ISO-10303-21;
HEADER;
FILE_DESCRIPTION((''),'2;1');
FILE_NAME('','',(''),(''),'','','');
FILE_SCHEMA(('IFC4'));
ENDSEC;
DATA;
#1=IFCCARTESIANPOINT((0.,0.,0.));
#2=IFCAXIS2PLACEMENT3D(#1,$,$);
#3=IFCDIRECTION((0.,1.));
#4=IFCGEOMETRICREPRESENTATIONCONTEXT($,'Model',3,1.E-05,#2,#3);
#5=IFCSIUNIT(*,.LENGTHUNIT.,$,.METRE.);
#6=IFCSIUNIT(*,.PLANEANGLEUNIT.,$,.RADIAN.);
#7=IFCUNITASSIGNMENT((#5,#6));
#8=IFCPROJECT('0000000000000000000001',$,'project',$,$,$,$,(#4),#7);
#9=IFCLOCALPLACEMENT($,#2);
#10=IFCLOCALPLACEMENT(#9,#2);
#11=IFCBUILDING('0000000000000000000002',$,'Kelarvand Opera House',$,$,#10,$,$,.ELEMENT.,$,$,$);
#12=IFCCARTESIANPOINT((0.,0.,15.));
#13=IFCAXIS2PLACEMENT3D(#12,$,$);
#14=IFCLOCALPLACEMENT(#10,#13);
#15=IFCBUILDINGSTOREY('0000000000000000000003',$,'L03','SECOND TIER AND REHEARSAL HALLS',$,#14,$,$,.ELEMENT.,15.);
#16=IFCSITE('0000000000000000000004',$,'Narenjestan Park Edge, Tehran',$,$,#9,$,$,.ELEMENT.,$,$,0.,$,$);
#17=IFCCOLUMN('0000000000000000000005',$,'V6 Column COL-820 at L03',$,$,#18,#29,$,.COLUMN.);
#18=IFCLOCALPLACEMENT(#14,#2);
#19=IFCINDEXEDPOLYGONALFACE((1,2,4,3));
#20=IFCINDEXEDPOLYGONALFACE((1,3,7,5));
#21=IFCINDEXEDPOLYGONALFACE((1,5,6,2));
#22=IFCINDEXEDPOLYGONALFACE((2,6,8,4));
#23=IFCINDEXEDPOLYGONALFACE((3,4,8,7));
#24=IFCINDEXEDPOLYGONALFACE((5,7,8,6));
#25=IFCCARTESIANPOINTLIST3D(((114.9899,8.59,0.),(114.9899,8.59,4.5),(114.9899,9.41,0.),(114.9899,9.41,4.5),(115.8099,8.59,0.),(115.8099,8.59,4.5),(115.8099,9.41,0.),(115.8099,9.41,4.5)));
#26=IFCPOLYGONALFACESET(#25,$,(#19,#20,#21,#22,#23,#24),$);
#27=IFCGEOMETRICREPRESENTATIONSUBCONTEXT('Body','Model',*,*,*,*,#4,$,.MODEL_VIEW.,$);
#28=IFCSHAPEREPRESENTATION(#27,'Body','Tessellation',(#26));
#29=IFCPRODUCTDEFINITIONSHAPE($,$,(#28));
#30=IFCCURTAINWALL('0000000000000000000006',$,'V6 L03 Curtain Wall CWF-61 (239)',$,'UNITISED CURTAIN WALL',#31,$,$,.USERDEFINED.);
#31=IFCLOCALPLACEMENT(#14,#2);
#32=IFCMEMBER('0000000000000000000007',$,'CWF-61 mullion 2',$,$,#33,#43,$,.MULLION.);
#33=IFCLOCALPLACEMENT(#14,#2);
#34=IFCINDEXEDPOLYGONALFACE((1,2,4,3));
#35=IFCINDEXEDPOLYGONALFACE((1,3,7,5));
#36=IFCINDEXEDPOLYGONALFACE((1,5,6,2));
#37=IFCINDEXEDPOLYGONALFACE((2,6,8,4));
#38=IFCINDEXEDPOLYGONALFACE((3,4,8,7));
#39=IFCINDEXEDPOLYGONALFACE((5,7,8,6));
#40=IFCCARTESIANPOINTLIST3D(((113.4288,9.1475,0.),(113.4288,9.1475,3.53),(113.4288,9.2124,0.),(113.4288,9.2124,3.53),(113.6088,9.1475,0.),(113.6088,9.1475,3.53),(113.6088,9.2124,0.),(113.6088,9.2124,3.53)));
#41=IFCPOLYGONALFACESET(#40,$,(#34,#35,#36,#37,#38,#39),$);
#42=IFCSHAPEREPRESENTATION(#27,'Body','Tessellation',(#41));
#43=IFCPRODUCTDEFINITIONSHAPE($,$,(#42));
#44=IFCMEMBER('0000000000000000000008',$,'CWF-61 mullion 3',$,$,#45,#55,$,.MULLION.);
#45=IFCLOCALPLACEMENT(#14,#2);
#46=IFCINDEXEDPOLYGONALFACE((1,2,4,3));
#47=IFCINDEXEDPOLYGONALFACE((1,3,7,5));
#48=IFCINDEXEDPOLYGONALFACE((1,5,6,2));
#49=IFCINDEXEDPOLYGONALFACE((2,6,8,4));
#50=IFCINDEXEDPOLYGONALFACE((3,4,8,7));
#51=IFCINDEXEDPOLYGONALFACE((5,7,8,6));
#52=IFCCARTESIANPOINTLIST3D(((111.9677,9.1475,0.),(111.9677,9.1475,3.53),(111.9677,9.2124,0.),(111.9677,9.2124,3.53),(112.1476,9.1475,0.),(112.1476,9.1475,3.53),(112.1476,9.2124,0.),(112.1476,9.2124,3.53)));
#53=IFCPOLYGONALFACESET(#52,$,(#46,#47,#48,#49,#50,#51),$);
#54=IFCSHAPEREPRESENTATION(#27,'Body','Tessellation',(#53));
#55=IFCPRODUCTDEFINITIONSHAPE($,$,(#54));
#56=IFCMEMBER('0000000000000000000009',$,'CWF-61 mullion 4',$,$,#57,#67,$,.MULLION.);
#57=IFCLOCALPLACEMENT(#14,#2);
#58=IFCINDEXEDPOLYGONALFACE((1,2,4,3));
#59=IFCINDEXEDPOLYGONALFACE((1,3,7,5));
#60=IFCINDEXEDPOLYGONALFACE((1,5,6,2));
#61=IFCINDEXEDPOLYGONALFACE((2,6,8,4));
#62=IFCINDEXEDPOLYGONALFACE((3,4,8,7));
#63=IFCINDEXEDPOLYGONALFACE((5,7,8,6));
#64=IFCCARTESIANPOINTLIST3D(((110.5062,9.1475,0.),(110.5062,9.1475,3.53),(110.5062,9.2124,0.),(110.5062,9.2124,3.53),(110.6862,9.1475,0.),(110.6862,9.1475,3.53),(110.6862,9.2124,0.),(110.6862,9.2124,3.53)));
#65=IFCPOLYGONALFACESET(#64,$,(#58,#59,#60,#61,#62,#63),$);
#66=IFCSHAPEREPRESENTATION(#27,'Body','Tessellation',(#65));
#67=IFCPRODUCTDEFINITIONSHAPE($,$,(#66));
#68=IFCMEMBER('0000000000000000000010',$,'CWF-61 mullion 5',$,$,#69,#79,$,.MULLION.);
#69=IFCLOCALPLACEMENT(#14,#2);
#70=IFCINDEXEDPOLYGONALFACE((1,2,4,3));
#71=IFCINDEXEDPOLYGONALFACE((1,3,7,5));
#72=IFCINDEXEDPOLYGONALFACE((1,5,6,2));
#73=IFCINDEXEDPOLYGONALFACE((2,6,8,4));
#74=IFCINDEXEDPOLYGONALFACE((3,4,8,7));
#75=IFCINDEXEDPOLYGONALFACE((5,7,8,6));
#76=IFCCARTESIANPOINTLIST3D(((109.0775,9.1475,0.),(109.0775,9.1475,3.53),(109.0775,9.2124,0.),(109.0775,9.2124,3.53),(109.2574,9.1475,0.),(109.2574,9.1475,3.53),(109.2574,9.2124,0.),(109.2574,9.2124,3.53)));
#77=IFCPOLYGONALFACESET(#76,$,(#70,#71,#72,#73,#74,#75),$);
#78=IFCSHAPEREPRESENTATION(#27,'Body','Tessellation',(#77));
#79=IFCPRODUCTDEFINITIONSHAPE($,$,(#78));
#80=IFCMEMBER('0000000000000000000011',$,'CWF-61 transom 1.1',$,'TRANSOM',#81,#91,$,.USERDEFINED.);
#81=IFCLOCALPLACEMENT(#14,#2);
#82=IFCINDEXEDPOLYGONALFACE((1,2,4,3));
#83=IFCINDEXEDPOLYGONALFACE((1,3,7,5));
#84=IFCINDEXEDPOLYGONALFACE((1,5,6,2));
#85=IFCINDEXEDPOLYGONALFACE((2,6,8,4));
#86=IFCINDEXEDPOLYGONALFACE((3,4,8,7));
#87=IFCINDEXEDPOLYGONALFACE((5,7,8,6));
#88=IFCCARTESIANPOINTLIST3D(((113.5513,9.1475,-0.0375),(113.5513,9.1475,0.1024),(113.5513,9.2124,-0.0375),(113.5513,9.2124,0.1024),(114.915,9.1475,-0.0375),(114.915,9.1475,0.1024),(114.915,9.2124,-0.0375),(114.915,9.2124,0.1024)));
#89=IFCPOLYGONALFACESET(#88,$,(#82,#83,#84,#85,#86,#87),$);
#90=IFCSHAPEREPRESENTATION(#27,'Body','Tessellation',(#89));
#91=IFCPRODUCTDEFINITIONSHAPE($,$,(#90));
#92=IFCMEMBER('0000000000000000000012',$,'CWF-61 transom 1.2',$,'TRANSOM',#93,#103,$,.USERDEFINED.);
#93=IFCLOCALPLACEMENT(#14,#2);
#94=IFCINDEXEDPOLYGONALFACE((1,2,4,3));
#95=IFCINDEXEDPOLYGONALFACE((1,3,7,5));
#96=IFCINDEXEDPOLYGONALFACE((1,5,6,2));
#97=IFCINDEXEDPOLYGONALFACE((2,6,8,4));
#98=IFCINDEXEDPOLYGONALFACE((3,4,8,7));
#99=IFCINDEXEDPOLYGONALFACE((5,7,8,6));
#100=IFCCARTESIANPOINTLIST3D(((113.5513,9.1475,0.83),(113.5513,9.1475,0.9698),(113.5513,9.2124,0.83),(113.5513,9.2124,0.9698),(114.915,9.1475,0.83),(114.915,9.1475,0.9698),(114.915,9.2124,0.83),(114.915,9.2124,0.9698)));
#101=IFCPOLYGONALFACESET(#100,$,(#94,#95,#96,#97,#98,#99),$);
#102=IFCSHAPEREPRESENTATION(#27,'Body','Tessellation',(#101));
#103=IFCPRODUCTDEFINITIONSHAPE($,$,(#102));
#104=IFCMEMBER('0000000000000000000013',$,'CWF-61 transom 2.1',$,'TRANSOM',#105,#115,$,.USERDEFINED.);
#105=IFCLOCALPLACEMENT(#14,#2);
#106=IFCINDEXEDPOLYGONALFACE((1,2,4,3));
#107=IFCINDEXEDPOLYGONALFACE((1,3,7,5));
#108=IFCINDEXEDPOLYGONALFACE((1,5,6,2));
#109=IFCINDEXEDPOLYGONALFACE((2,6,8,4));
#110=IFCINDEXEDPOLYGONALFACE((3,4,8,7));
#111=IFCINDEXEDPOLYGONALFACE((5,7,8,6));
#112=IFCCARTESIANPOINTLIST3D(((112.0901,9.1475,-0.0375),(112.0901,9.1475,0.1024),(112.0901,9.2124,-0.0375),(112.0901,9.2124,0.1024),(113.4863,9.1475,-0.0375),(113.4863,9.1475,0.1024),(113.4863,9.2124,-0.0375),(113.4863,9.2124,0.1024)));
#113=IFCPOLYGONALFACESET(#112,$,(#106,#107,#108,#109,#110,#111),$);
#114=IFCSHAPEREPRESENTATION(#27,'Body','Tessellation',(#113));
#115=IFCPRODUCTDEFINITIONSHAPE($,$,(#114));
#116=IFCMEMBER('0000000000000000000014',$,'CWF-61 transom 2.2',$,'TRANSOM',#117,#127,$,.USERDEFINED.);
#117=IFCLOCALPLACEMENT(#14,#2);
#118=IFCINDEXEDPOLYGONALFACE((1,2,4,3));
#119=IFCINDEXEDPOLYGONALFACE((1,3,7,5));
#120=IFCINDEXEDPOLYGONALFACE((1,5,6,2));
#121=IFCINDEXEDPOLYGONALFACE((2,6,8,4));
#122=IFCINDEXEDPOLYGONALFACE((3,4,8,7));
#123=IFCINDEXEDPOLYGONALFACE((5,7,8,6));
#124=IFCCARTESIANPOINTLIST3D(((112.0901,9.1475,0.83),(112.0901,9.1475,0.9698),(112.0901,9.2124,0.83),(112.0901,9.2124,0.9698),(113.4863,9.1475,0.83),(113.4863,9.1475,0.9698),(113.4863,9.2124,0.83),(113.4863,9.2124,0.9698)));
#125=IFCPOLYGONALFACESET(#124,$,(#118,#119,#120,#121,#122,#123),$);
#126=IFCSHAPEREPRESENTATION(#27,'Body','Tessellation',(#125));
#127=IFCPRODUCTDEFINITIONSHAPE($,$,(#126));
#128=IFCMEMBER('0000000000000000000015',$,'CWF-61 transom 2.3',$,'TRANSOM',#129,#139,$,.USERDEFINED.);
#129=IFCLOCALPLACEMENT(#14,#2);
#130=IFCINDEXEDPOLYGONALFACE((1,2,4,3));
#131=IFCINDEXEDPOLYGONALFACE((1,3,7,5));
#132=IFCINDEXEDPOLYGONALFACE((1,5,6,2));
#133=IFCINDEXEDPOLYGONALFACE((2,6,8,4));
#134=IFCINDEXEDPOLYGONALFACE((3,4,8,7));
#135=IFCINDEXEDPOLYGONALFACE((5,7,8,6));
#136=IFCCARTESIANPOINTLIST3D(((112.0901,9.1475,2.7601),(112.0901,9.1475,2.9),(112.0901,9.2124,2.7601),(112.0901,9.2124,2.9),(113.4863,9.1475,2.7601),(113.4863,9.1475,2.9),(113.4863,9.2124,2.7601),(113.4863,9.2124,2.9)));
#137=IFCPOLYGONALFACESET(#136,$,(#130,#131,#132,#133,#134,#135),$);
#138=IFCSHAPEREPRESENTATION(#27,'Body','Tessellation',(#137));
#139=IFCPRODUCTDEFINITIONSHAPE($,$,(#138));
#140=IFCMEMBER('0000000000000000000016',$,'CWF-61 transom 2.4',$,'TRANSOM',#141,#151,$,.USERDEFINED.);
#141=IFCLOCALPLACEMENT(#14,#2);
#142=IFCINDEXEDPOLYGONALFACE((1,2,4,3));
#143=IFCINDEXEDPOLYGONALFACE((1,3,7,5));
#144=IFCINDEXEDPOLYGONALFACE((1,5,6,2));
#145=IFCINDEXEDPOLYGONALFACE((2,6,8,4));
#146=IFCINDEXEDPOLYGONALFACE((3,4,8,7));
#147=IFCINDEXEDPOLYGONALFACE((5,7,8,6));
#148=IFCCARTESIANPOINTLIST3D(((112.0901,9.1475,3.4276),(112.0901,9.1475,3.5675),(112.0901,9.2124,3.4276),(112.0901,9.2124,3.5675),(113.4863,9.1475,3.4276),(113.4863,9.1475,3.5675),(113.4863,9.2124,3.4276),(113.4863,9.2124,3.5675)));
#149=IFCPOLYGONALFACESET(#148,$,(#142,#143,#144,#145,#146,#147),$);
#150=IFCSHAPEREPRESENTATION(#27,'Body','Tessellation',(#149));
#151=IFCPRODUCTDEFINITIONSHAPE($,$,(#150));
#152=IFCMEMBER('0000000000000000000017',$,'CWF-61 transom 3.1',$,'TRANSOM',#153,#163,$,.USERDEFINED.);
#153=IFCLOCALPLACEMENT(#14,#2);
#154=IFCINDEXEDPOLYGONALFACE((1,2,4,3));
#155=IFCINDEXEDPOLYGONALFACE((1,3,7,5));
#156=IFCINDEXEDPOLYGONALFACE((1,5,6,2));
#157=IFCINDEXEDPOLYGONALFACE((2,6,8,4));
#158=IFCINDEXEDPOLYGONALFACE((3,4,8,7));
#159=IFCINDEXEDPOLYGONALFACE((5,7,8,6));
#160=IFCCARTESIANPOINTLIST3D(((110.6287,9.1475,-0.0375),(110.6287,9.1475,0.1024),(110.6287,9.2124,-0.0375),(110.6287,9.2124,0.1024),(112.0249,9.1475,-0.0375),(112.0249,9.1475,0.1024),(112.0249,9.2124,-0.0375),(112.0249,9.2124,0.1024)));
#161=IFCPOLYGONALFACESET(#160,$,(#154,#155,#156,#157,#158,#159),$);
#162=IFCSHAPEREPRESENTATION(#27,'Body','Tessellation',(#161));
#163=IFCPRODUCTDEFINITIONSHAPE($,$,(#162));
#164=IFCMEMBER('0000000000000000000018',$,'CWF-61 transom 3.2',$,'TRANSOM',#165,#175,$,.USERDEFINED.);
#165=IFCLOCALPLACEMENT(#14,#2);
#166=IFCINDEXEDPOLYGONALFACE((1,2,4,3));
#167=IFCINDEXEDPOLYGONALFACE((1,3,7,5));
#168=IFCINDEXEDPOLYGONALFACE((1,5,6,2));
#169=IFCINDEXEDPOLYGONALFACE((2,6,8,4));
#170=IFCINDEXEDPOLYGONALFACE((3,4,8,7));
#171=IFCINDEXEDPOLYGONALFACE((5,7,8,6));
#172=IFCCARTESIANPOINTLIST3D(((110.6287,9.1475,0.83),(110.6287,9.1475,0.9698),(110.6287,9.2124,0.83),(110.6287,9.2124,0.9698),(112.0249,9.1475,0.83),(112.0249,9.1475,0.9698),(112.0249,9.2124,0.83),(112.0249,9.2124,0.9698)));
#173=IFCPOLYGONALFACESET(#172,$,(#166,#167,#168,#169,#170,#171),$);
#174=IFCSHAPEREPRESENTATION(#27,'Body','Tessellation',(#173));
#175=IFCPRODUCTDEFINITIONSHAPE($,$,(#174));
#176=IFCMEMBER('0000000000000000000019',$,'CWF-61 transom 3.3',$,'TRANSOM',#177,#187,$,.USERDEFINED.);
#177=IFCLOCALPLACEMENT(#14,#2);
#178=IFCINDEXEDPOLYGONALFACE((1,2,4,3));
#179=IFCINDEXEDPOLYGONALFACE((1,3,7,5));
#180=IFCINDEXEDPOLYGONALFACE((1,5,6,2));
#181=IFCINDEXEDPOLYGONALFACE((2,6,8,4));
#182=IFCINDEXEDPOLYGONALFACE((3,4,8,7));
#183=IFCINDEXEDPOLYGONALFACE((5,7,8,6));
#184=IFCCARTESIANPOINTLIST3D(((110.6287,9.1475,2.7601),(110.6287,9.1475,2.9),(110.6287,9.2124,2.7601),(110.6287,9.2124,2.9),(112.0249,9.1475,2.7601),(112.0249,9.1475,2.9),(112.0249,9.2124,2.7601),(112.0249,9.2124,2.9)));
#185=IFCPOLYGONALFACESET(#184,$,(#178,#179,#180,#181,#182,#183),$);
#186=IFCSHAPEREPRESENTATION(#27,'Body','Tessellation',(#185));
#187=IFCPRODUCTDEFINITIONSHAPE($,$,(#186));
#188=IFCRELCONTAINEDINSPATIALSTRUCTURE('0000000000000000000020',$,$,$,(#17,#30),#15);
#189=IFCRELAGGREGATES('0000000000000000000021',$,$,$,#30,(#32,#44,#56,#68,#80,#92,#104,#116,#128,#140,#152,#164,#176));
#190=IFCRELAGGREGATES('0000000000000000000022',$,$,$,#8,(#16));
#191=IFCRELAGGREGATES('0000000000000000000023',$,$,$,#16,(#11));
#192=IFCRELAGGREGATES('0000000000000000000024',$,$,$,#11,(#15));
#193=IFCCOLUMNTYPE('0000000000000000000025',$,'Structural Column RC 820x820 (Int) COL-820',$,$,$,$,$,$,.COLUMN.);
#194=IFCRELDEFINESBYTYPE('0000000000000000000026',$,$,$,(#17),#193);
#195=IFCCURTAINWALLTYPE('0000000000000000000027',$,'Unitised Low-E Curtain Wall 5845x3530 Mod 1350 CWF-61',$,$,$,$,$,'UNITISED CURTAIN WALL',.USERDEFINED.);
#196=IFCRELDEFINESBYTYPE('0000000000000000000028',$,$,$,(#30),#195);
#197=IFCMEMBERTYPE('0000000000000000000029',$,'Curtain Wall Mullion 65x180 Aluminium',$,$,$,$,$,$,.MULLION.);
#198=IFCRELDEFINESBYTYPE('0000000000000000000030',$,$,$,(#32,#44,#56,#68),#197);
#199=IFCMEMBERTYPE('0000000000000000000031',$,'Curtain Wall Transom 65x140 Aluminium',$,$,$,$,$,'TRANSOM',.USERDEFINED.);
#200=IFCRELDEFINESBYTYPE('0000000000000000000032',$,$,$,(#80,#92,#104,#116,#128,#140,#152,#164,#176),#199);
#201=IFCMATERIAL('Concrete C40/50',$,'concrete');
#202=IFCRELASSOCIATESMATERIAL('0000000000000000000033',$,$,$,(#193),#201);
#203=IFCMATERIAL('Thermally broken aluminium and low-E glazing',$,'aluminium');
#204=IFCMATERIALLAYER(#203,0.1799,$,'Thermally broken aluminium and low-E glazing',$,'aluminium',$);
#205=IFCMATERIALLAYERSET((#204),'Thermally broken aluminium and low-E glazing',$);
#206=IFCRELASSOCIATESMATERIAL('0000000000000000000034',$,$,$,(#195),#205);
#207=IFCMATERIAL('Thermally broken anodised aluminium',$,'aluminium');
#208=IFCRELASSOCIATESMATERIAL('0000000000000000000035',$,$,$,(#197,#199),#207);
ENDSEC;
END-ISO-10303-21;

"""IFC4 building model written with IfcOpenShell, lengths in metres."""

from ifc_helpers import new_model, si_unit, direction, frame, origin, origin_2d, place, context, subcontext, project, spatial, rectangle, extrude, material, layer, layer_set, material_profile, profile_set, type_object, element, aggregate, save


model = new_model("IFC4")

# Units and contexts
model_context = context("Model", 3, precision=1e-05, world=origin(), true_north=direction((0.0, 1.0)))
body_context = subcontext(model_context, "Body", "Model", "MODEL_VIEW")
ifc_project = project(units=[si_unit("LENGTHUNIT", "METRE"), si_unit("PLANEANGLEUNIT", "RADIAN")], contexts=[model_context])

# Site, building, storey
site_placement = place(None, origin())
site = spatial("IfcSite", under=ifc_project, at=site_placement, Name="Narenjestan Park Edge, Tehran", CompositionType="ELEMENT", RefElevation=0.0)
building_placement = place(site_placement, origin())
building = spatial("IfcBuilding", under=site, at=building_placement, Name="Kelarvand Opera House", CompositionType="ELEMENT")
storey_placement = place(building_placement, frame((0.0, 0.0, 15.0)))
storey = spatial("IfcBuildingStorey", under=building, at=storey_placement, Name="L03", Description="SECOND TIER AND REHEARSAL HALLS", CompositionType="ELEMENT", Elevation=15.0)

# Column
ifc_material_1 = material(Name="Concrete C40/50", Category="concrete")
ifc_material_profile_1 = material_profile(ifc_material_1, rectangle(XDim=0.8201, YDim=0.8201, at=origin_2d()), Name="RC 820x820", Category="concrete")
ifc_profile_set_1 = profile_set([ifc_material_profile_1], Name="Concrete C40/50")
column_type = type_object("IfcColumnType", Name="Structural Column RC 820x820 (Int) COL-820", PredefinedType="COLUMN", material=ifc_profile_set_1)
column_placement = place(storey_placement, frame((115.3999, 9.0, 0.0), z_axis=(0.0, 0.0, 1.0), x_axis=(1.0, 0.0, 0.0)))
element("IfcColumn", 1, at=column_placement, inside=storey, type_object=column_type, Name="V6 Column COL-820 at L03", PredefinedType="COLUMN", context=body_context, shape_type="SweptSolid", body=[
    extrude(rectangle(XDim=0.8201, YDim=0.8201, at=origin_2d()), origin(), (0.0, 0.0, 1.0), 4.5),
])

# Curtain wall, members
ifc_material_2 = material(Name="Thermally broken aluminium and low-E glazing", Category="aluminium")
ifc_layer_1 = layer(ifc_material_2, 0.1799, Name="Thermally broken aluminium and low-E glazing", Category="aluminium")
ifc_layer_set_1 = layer_set([ifc_layer_1], Name="Thermally broken aluminium and low-E glazing")
curtain_wall_type = type_object("IfcCurtainWallType", Name="Unitised Low-E Curtain Wall 5845x3530 Mod 1350 CWF-61", ElementType="UNITISED CURTAIN WALL", PredefinedType="USERDEFINED", material=ifc_layer_set_1)
curtain_wall_placement = place(storey_placement, origin())
curtain_wall = element("IfcCurtainWall", 2, at=curtain_wall_placement, inside=storey, type_object=curtain_wall_type, Name="V6 L03 Curtain Wall CWF-61 (239)", ObjectType="UNITISED CURTAIN WALL", PredefinedType="USERDEFINED")
ifc_material_3 = material(Name="Thermally broken anodised aluminium", Category="aluminium")
ifc_material_profile_2 = material_profile(ifc_material_3, rectangle(XDim=0.0649, YDim=0.1799, at=origin_2d()), Name="ALU MULLION 65x180", Category="aluminium")
ifc_profile_set_2 = profile_set([ifc_material_profile_2], Name="Thermally broken anodised aluminium")
member_type_1 = type_object("IfcMemberType", Name="Curtain Wall Mullion 65x180 Aluminium", PredefinedType="MULLION", material=ifc_profile_set_2)
member_1_placement = place(storey_placement, frame((113.5188, 9.1799, 0.0), z_axis=(0.0, 0.0, 1.0), x_axis=(0.0, -1.0, 0.0)))
member_1 = element("IfcMember", 3, at=member_1_placement, type_object=member_type_1, Name="CWF-61 mullion 2", PredefinedType="MULLION", context=body_context, shape_type="SweptSolid", body=[
    extrude(rectangle(XDim=0.0649, YDim=0.1799, at=origin_2d()), origin(), (0.0, 0.0, 1.0), 3.53),
])
member_2_placement = place(storey_placement, frame((112.0576, 9.1799, 0.0), z_axis=(0.0, 0.0, 1.0), x_axis=(0.0, -1.0, 0.0)))
member_2 = element("IfcMember", 4, at=member_2_placement, type_object=member_type_1, Name="CWF-61 mullion 3", PredefinedType="MULLION", context=body_context, shape_type="SweptSolid", body=[
    extrude(rectangle(XDim=0.0649, YDim=0.1799, at=origin_2d()), origin(), (0.0, 0.0, 1.0), 3.53),
])
member_3_placement = place(storey_placement, frame((110.5962, 9.1799, 0.0), z_axis=(0.0, 0.0, 1.0), x_axis=(0.0, -1.0, 0.0)))
member_3 = element("IfcMember", 5, at=member_3_placement, type_object=member_type_1, Name="CWF-61 mullion 4", PredefinedType="MULLION", context=body_context, shape_type="SweptSolid", body=[
    extrude(rectangle(XDim=0.0649, YDim=0.1799, at=origin_2d()), origin(), (0.0, 0.0, 1.0), 3.53),
])
member_4_placement = place(storey_placement, frame((109.1675, 9.1799, 0.0), z_axis=(0.0, 0.0, 1.0), x_axis=(0.0, -1.0, 0.0)))
member_4 = element("IfcMember", 6, at=member_4_placement, type_object=member_type_1, Name="CWF-61 mullion 5", PredefinedType="MULLION", context=body_context, shape_type="SweptSolid", body=[
    extrude(rectangle(XDim=0.0649, YDim=0.1799, at=origin_2d()), origin(), (0.0, 0.0, 1.0), 3.53),
])
ifc_material_profile_3 = material_profile(ifc_material_3, rectangle(XDim=0.0649, YDim=0.1399, at=origin_2d()), Name="ALU TRANSOM 65x140", Category="aluminium")
ifc_profile_set_3 = profile_set([ifc_material_profile_3], Name="Thermally broken anodised aluminium")
member_type_2 = type_object("IfcMemberType", Name="Curtain Wall Transom 65x140 Aluminium", ElementType="TRANSOM", PredefinedType="USERDEFINED", material=ifc_profile_set_3)
member_5_placement = place(storey_placement, frame((114.915, 9.1799, 0.0325), z_axis=(-1.0, 0.0, 0.0), x_axis=(0.0, -1.0, 0.0)))
member_5 = element("IfcMember", 7, at=member_5_placement, type_object=member_type_2, Name="CWF-61 transom 1.1", ObjectType="TRANSOM", PredefinedType="USERDEFINED", context=body_context, shape_type="SweptSolid", body=[
    extrude(rectangle(XDim=0.0649, YDim=0.1399, at=origin_2d()), origin(), (0.0, 0.0, 1.0), 1.3638),
])
member_6_placement = place(storey_placement, frame((114.915, 9.1799, 0.8999), z_axis=(-1.0, 0.0, 0.0), x_axis=(0.0, -1.0, 0.0)))
member_6 = element("IfcMember", 8, at=member_6_placement, type_object=member_type_2, Name="CWF-61 transom 1.2", ObjectType="TRANSOM", PredefinedType="USERDEFINED", context=body_context, shape_type="SweptSolid", body=[
    extrude(rectangle(XDim=0.0649, YDim=0.1399, at=origin_2d()), origin(), (0.0, 0.0, 1.0), 1.3638),
])
member_7_placement = place(storey_placement, frame((113.4863, 9.1799, 0.0325), z_axis=(-1.0, 0.0, 0.0), x_axis=(0.0, -1.0, 0.0)))
member_7 = element("IfcMember", 9, at=member_7_placement, type_object=member_type_2, Name="CWF-61 transom 2.1", ObjectType="TRANSOM", PredefinedType="USERDEFINED", context=body_context, shape_type="SweptSolid", body=[
    extrude(rectangle(XDim=0.0649, YDim=0.1399, at=origin_2d()), origin(), (0.0, 0.0, 1.0), 1.3962),
])
member_8_placement = place(storey_placement, frame((113.4863, 9.1799, 0.8999), z_axis=(-1.0, 0.0, 0.0), x_axis=(0.0, -1.0, 0.0)))
member_8 = element("IfcMember", 10, at=member_8_placement, type_object=member_type_2, Name="CWF-61 transom 2.2", ObjectType="TRANSOM", PredefinedType="USERDEFINED", context=body_context, shape_type="SweptSolid", body=[
    extrude(rectangle(XDim=0.0649, YDim=0.1399, at=origin_2d()), origin(), (0.0, 0.0, 1.0), 1.3962),
])
member_9_placement = place(storey_placement, frame((113.4863, 9.1799, 2.8301), z_axis=(-1.0, 0.0, 0.0), x_axis=(0.0, -1.0, 0.0)))
member_9 = element("IfcMember", 11, at=member_9_placement, type_object=member_type_2, Name="CWF-61 transom 2.3", ObjectType="TRANSOM", PredefinedType="USERDEFINED", context=body_context, shape_type="SweptSolid", body=[
    extrude(rectangle(XDim=0.0649, YDim=0.1399, at=origin_2d()), origin(), (0.0, 0.0, 1.0), 1.3962),
])
member_10_placement = place(storey_placement, frame((113.4863, 9.1799, 3.4976), z_axis=(-1.0, 0.0, 0.0), x_axis=(0.0, -1.0, 0.0)))
member_10 = element("IfcMember", 12, at=member_10_placement, type_object=member_type_2, Name="CWF-61 transom 2.4", ObjectType="TRANSOM", PredefinedType="USERDEFINED", context=body_context, shape_type="SweptSolid", body=[
    extrude(rectangle(XDim=0.0649, YDim=0.1399, at=origin_2d()), origin(), (0.0, 0.0, 1.0), 1.3962),
])
member_11_placement = place(storey_placement, frame((112.0249, 9.1799, 0.0325), z_axis=(-1.0, 0.0, 0.0), x_axis=(0.0, -1.0, 0.0)))
member_11 = element("IfcMember", 13, at=member_11_placement, type_object=member_type_2, Name="CWF-61 transom 3.1", ObjectType="TRANSOM", PredefinedType="USERDEFINED", context=body_context, shape_type="SweptSolid", body=[
    extrude(rectangle(XDim=0.0649, YDim=0.1399, at=origin_2d()), origin(), (0.0, 0.0, 1.0), 1.3962),
])
member_12_placement = place(storey_placement, frame((112.0249, 9.1799, 0.8999), z_axis=(-1.0, 0.0, 0.0), x_axis=(0.0, -1.0, 0.0)))
member_12 = element("IfcMember", 14, at=member_12_placement, type_object=member_type_2, Name="CWF-61 transom 3.2", ObjectType="TRANSOM", PredefinedType="USERDEFINED", context=body_context, shape_type="SweptSolid", body=[
    extrude(rectangle(XDim=0.0649, YDim=0.1399, at=origin_2d()), origin(), (0.0, 0.0, 1.0), 1.3962),
])
member_13_placement = place(storey_placement, frame((112.0249, 9.1799, 2.8301), z_axis=(-1.0, 0.0, 0.0), x_axis=(0.0, -1.0, 0.0)))
member_13 = element("IfcMember", 15, at=member_13_placement, type_object=member_type_2, Name="CWF-61 transom 3.3", ObjectType="TRANSOM", PredefinedType="USERDEFINED", context=body_context, shape_type="SweptSolid", body=[
    extrude(rectangle(XDim=0.0649, YDim=0.1399, at=origin_2d()), origin(), (0.0, 0.0, 1.0), 1.3962),
])

aggregate(curtain_wall, [member_1, member_2, member_3, member_4, member_5, member_6, member_7, member_8, member_9, member_10, member_11, member_12, member_13])

save(model, "model.ifc")
